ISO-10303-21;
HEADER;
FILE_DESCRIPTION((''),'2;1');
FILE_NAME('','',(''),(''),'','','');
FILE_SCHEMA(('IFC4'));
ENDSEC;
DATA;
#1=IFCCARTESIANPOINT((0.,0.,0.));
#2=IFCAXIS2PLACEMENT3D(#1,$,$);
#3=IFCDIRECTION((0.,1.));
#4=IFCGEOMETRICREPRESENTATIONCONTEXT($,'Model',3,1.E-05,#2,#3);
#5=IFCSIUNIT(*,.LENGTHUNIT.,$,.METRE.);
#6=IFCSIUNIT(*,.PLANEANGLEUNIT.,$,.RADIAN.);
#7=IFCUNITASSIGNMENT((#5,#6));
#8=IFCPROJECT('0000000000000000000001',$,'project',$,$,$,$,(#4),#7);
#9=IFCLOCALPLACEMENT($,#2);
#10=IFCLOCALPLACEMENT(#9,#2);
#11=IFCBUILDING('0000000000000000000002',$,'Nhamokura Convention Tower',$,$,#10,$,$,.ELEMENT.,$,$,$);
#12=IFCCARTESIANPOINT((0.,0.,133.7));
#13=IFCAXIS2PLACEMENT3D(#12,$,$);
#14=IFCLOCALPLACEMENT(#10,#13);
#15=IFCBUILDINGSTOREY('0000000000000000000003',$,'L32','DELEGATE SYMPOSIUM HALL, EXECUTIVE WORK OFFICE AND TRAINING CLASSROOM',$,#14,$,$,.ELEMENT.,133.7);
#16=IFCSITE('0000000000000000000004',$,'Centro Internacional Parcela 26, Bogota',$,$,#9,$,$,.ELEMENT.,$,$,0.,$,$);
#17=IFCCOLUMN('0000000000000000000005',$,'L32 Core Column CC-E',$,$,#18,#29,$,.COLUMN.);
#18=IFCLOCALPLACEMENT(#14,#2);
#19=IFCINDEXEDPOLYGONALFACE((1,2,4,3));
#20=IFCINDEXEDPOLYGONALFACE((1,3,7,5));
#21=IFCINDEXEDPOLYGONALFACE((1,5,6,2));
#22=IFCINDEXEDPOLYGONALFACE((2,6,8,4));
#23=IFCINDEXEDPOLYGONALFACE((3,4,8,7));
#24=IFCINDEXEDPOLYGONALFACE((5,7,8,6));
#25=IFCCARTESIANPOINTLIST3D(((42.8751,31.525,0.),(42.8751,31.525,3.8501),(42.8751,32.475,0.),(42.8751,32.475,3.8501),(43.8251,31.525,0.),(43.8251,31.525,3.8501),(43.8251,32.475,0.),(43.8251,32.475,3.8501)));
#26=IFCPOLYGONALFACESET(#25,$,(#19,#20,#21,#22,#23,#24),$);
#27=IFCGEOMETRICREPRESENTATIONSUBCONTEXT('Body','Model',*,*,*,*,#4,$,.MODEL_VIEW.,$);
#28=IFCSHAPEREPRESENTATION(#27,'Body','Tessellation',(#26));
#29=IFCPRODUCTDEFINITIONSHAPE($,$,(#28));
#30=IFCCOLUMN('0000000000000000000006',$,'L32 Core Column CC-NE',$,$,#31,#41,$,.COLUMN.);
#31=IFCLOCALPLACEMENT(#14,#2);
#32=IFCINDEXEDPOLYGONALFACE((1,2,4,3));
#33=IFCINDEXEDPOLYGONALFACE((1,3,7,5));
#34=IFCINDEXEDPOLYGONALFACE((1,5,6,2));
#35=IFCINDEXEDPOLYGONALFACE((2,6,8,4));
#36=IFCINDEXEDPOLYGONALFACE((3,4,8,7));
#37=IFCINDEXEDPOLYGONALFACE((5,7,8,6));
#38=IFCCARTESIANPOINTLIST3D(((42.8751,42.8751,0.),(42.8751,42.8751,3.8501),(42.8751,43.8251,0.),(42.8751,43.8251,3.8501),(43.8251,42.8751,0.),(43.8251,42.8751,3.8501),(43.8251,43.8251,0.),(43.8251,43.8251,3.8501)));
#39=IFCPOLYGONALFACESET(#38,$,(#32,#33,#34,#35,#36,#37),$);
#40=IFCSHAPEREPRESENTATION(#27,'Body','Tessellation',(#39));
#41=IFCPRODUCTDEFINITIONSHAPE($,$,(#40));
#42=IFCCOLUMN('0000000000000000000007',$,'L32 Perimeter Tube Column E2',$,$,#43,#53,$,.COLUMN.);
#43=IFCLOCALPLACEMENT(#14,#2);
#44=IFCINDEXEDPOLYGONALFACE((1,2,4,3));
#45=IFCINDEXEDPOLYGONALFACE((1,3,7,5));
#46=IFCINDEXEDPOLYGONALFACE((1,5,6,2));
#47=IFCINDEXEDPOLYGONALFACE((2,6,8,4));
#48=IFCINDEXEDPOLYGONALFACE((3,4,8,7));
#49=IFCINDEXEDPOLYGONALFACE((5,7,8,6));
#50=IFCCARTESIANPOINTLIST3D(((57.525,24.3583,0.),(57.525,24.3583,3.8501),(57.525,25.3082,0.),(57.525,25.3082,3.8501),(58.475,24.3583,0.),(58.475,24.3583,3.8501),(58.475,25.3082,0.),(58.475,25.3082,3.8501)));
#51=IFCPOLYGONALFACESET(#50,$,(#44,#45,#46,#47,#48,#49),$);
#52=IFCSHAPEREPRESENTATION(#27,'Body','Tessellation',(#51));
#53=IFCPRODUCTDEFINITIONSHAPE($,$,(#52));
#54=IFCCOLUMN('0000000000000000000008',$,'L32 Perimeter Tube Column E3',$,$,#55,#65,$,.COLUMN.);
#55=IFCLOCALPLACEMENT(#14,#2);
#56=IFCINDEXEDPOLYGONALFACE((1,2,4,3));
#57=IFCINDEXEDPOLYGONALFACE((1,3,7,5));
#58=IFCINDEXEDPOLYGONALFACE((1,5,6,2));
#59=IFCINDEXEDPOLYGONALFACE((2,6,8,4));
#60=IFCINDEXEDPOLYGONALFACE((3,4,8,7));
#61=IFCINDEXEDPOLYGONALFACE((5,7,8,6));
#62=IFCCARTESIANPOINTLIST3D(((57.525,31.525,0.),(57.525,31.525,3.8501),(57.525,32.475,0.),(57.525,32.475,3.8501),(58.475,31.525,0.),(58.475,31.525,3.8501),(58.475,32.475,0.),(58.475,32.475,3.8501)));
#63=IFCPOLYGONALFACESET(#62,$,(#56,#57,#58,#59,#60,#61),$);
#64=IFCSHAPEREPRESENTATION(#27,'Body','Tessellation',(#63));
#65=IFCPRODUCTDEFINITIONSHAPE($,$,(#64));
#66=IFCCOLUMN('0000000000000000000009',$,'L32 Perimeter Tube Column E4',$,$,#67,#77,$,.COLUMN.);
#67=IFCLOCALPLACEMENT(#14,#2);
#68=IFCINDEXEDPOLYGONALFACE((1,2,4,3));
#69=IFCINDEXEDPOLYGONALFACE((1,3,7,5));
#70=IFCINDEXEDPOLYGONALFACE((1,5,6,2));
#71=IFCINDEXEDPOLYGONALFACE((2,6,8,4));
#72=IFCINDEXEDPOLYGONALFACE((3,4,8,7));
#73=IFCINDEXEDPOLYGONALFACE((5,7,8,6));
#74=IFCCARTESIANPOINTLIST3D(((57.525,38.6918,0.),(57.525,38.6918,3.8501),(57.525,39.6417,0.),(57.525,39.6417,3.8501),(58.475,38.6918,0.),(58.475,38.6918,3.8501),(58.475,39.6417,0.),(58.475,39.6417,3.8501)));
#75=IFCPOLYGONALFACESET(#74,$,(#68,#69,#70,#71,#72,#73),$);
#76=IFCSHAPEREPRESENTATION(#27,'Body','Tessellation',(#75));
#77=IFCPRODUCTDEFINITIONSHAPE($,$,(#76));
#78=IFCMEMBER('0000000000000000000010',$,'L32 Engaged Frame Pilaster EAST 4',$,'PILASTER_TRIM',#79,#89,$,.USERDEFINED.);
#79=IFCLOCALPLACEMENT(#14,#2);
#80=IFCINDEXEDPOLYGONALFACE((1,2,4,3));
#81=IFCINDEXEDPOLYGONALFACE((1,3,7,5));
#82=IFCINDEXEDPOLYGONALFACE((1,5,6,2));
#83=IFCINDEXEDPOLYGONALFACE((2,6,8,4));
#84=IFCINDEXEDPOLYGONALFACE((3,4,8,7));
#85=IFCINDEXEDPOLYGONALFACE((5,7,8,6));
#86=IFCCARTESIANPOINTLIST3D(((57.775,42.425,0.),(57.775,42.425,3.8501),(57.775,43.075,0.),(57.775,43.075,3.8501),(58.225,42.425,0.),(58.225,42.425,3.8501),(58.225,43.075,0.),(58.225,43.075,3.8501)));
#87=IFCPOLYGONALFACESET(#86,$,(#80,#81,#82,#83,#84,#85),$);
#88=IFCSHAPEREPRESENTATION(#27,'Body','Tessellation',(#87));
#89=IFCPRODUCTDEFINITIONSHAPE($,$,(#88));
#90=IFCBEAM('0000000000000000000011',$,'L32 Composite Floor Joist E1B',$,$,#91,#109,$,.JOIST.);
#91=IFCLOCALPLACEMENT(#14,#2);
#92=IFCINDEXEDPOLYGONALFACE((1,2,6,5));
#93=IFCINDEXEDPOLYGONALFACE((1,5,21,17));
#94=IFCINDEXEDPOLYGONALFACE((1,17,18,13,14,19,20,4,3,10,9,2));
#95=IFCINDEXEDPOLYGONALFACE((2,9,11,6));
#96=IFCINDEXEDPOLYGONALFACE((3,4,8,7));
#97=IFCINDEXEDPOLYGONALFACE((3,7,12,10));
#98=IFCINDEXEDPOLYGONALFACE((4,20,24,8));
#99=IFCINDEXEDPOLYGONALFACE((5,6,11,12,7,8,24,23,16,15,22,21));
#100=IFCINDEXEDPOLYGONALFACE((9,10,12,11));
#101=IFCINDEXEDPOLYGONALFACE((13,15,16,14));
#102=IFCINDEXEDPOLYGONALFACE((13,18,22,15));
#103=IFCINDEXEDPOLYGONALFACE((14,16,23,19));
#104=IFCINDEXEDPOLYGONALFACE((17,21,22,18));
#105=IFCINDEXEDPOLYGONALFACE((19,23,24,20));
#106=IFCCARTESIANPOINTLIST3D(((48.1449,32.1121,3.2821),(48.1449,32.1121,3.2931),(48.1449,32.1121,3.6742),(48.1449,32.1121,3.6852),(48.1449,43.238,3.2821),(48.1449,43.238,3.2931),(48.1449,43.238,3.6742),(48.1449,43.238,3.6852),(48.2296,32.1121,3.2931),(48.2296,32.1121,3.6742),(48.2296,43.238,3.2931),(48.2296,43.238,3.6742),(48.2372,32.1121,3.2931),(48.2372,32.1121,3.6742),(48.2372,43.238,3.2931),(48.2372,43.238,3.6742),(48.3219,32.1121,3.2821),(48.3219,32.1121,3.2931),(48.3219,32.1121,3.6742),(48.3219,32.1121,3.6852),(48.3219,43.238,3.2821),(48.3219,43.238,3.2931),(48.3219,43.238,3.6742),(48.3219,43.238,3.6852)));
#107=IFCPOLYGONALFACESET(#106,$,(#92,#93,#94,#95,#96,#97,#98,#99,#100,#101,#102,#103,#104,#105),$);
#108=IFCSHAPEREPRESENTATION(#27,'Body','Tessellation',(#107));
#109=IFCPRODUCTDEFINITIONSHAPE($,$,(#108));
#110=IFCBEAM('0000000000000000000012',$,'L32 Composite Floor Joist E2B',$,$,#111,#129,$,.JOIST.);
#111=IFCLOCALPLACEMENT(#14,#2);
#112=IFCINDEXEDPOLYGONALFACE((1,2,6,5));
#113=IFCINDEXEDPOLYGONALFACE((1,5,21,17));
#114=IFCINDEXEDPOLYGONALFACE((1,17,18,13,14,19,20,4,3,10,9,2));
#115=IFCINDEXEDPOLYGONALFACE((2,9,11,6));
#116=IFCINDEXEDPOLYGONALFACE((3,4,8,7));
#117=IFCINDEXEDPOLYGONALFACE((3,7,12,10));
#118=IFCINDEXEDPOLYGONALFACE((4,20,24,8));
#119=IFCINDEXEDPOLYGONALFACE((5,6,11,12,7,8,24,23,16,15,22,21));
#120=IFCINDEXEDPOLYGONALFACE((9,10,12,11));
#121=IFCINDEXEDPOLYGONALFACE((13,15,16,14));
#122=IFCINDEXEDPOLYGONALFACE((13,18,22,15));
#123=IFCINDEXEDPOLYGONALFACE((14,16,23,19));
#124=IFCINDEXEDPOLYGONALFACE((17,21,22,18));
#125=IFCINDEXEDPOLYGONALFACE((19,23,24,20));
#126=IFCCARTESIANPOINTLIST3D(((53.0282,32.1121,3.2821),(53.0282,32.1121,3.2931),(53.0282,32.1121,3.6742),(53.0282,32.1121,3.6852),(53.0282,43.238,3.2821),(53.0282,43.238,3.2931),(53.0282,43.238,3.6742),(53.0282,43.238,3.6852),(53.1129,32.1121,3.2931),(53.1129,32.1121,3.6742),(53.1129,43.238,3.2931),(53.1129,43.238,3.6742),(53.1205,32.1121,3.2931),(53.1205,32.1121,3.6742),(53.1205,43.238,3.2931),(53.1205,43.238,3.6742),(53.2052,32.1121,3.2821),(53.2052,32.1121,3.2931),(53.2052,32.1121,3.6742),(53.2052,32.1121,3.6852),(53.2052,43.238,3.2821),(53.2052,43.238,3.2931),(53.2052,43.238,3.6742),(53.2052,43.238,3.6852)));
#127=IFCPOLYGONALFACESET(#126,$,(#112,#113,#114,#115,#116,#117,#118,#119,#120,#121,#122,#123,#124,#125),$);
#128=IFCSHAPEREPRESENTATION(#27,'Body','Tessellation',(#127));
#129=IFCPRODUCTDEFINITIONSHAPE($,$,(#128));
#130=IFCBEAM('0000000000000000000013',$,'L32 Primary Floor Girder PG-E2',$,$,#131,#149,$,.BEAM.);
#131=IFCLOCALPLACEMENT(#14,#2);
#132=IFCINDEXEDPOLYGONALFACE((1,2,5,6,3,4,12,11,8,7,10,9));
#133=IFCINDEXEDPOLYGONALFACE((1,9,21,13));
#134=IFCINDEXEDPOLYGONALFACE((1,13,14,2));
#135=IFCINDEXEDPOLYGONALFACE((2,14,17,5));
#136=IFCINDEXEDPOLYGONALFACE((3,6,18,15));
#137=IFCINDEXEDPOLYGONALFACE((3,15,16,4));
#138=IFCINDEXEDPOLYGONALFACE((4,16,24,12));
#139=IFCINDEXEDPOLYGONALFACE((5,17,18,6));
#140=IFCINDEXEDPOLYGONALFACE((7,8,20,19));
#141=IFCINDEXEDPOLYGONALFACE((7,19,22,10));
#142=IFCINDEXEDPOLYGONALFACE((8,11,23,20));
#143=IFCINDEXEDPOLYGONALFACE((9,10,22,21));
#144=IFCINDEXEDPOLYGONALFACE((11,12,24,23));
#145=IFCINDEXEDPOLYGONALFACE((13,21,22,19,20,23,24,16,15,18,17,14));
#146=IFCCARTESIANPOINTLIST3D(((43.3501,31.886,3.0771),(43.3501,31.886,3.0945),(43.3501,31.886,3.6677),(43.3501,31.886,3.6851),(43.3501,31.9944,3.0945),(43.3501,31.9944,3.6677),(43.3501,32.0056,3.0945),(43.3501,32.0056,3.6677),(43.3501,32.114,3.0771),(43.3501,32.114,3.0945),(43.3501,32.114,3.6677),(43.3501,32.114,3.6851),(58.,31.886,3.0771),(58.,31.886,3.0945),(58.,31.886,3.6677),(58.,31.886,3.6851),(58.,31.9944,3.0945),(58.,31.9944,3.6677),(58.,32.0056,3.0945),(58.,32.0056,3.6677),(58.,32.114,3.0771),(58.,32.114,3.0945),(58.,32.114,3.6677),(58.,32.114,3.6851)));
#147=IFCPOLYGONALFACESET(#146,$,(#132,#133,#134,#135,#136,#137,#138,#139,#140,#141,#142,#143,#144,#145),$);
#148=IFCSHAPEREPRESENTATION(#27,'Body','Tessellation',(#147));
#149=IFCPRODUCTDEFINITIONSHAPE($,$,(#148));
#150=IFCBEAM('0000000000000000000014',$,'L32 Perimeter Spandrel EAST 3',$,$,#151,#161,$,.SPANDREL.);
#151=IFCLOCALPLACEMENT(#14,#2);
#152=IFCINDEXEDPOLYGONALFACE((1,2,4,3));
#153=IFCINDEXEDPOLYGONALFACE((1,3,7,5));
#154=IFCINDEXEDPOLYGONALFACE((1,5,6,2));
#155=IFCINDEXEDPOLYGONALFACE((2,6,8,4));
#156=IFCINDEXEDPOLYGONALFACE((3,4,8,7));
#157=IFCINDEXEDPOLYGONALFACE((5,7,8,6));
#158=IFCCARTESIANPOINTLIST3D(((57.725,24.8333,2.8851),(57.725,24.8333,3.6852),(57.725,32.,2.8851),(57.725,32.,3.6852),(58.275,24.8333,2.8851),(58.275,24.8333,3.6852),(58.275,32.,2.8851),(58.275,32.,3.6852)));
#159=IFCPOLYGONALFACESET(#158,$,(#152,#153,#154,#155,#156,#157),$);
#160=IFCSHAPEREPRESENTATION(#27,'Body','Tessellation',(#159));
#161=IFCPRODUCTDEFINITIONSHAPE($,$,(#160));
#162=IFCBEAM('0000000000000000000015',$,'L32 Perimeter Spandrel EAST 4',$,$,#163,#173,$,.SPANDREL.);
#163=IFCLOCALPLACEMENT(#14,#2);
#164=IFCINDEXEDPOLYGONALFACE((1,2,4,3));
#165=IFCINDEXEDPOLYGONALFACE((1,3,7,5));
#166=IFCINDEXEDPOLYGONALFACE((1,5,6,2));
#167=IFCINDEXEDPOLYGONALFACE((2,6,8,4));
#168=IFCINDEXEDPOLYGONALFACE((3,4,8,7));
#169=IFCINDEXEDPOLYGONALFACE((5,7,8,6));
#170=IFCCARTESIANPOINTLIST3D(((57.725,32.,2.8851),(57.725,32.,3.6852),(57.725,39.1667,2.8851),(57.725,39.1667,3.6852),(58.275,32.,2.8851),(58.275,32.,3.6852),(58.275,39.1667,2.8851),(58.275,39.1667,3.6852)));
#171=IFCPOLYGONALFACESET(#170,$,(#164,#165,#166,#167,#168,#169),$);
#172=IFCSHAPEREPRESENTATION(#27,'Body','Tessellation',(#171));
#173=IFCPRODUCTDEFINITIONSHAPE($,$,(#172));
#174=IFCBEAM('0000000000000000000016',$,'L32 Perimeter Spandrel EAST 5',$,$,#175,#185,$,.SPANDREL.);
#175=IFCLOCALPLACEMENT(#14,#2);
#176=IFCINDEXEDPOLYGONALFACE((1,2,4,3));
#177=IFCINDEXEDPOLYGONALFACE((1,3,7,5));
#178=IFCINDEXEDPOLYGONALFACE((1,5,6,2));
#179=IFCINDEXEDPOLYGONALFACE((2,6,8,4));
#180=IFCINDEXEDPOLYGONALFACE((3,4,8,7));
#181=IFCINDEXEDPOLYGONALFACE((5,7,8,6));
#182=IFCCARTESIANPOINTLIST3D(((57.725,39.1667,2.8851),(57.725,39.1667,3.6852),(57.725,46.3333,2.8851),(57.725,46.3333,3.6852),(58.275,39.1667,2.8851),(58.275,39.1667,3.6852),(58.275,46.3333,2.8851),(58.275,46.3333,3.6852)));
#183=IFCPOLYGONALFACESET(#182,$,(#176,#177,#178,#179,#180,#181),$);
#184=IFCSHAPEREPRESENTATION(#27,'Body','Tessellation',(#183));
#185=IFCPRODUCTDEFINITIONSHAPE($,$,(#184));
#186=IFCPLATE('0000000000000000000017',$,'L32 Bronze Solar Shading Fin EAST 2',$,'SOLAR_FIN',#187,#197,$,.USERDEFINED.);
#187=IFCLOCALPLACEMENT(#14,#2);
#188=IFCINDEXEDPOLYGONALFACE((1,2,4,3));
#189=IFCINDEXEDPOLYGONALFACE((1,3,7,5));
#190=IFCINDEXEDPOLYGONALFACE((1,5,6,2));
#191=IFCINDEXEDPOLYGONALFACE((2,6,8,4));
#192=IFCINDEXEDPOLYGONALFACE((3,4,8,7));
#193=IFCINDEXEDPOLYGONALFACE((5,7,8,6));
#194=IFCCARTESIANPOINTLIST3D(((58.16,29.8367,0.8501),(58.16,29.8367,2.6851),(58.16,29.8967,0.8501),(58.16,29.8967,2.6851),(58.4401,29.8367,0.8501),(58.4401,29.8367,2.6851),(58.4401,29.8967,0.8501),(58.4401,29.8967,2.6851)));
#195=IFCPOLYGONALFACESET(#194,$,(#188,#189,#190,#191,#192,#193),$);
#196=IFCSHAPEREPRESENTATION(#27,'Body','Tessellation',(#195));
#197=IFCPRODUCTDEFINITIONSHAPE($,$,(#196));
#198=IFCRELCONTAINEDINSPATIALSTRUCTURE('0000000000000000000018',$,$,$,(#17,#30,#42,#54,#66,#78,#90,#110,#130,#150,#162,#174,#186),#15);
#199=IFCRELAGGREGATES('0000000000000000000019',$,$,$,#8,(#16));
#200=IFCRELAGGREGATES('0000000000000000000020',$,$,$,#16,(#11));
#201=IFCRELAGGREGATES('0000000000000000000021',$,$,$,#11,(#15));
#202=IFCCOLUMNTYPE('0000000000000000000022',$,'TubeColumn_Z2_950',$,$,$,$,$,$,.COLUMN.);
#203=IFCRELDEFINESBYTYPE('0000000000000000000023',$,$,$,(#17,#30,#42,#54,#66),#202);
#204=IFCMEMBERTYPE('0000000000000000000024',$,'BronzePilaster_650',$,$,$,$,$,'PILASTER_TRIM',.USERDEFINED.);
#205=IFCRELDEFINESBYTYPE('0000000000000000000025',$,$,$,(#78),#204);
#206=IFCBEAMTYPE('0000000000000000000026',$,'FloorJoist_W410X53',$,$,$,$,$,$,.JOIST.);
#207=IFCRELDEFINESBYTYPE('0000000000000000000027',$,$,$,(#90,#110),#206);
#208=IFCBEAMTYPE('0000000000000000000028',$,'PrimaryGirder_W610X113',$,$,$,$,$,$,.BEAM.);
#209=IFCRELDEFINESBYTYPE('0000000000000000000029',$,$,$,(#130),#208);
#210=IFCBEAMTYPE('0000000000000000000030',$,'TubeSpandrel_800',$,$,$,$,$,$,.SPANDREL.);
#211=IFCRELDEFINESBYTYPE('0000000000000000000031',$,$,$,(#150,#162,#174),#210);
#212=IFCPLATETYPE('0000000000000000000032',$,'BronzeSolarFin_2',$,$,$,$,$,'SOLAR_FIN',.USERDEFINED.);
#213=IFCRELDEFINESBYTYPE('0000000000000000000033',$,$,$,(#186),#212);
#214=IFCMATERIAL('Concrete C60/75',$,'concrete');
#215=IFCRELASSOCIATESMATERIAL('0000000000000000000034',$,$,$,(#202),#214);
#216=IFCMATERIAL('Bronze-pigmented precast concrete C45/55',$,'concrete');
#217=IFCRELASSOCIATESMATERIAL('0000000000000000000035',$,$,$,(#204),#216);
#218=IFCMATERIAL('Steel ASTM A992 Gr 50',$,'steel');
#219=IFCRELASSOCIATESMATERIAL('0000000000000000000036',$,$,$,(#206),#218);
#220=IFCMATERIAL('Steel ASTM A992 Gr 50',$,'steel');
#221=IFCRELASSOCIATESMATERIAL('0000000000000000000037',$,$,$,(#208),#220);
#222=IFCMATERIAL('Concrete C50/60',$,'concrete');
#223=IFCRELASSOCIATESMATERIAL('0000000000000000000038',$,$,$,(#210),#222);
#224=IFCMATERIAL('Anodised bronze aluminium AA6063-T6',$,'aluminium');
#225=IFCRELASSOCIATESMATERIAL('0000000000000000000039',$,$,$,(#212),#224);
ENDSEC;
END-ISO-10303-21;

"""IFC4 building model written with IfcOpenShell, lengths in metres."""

from ifc_helpers import new_model, si_unit, direction, frame, origin, origin_2d, place, context, subcontext, project, spatial, rectangle, i_section, extrude, material, material_profile, profile_set, type_object, element, save


model = new_model("IFC4")

# Units and contexts
model_context = context("Model", 3, precision=1e-05, world=origin(), true_north=direction((0.0, 1.0)))
body_context = subcontext(model_context, "Body", "Model", "MODEL_VIEW")
ifc_project = project(units=[si_unit("LENGTHUNIT", "METRE"), si_unit("PLANEANGLEUNIT", "RADIAN")], contexts=[model_context])

# Site, building, storey
site_placement = place(None, origin())
site = spatial("IfcSite", under=ifc_project, at=site_placement, Name="Centro Internacional Parcela 26, Bogota", CompositionType="ELEMENT", RefElevation=0.0)
building_placement = place(site_placement, origin())
building = spatial("IfcBuilding", under=site, at=building_placement, Name="Nhamokura Convention Tower", CompositionType="ELEMENT")
storey_placement = place(building_placement, frame((0.0, 0.0, 133.7)))
storey = spatial("IfcBuildingStorey", under=building, at=storey_placement, Name="L32", Description="DELEGATE SYMPOSIUM HALL, EXECUTIVE WORK OFFICE AND TRAINING CLASSROOM", CompositionType="ELEMENT", Elevation=133.7)

# Columns
ifc_material_1 = material(Name="Concrete C60/75", Category="concrete")
ifc_material_profile_1 = material_profile(ifc_material_1, rectangle(XDim=0.95, YDim=0.95, at=origin_2d()))
ifc_profile_set_1 = profile_set([ifc_material_profile_1], Name="Concrete C60/75")
column_type = type_object("IfcColumnType", Name="TubeColumn_Z2_950", PredefinedType="COLUMN", material=ifc_profile_set_1)
for number, where, z_axis, x_axis, name in (
    (1, (43.3501, 32.0, 0.0), (0.0, 0.0, 1.0), (1.0, 0.0, 0.0), "L32 Core Column CC-E"),
    (2, (43.3501, 43.3501, 0.0), (0.0, 0.0, 1.0), (1.0, 0.0, 0.0), "L32 Core Column CC-NE"),
    (3, (58.0, 24.8333, 0.0), (0.0, 0.0, 1.0), (1.0, 0.0, 0.0), "L32 Perimeter Tube Column E2"),
    (4, (58.0, 32.0, 0.0), (0.0, 0.0, 1.0), (1.0, 0.0, 0.0), "L32 Perimeter Tube Column E3"),
    (5, (58.0, 39.1667, 0.0), (0.0, 0.0, 1.0), (1.0, 0.0, 0.0), "L32 Perimeter Tube Column E4"),
):
    element("IfcColumn", number, at=place(storey_placement, frame(where, z_axis=z_axis, x_axis=x_axis)), inside=storey, type_object=column_type, Name=name, PredefinedType="COLUMN", context=body_context, shape_type="SweptSolid", body=[
        extrude(rectangle(XDim=0.95, YDim=0.95, at=origin_2d()), origin(), (0.0, 0.0, 1.0), 3.8501),
    ])

# Member
ifc_material_2 = material(Name="Bronze-pigmented precast concrete C45/55", Category="concrete")
ifc_material_profile_2 = material_profile(ifc_material_2, rectangle(XDim=0.45, YDim=0.6499, at=origin_2d()))
ifc_profile_set_2 = profile_set([ifc_material_profile_2], Name="Bronze-pigmented precast concrete C45/55")
member_type = type_object("IfcMemberType", Name="BronzePilaster_650", ElementType="PILASTER_TRIM", PredefinedType="USERDEFINED", material=ifc_profile_set_2)
member_placement = place(storey_placement, frame((58.0, 42.75, 0.0), z_axis=(0.0, 0.0, 1.0), x_axis=(1.0, 0.0, 0.0)))
element("IfcMember", 6, at=member_placement, inside=storey, type_object=member_type, Name="L32 Engaged Frame Pilaster EAST 4", ObjectType="PILASTER_TRIM", PredefinedType="USERDEFINED", context=body_context, shape_type="SweptSolid", body=[
    extrude(rectangle(XDim=0.45, YDim=0.6499, at=origin_2d()), origin(), (0.0, 0.0, 1.0), 3.8501),
])

# Beams
ifc_material_3 = material(Name="Steel ASTM A992 Gr 50", Category="steel")
ifc_material_profile_3 = material_profile(ifc_material_3, i_section(OverallWidth=0.177, OverallDepth=0.4031, WebThickness=0.0076, FlangeThickness=0.011, at=origin_2d()))
ifc_profile_set_3 = profile_set([ifc_material_profile_3], Name="Steel ASTM A992 Gr 50")
beam_type_1 = type_object("IfcBeamType", Name="FloorJoist_W410X53", PredefinedType="JOIST", material=ifc_profile_set_3)
for number, where, z_axis, x_axis, name in (
    (7, (48.2334, 32.1121, 3.4836), (0.0, 1.0, 0.0), (-1.0, 0.0, 0.0), "L32 Composite Floor Joist E1B"),
    (8, (53.1167, 32.1121, 3.4836), (0.0, 1.0, 0.0), (-1.0, 0.0, 0.0), "L32 Composite Floor Joist E2B"),
):
    element("IfcBeam", number, at=place(storey_placement, frame(where, z_axis=z_axis, x_axis=x_axis)), inside=storey, type_object=beam_type_1, Name=name, PredefinedType="JOIST", context=body_context, shape_type="SweptSolid", body=[
        extrude(i_section(OverallWidth=0.177, OverallDepth=0.4031, WebThickness=0.0076, FlangeThickness=0.011, at=origin_2d()), origin(), (0.0, 0.0, 1.0), 11.126),
    ])
ifc_material_4 = material(Name="Steel ASTM A992 Gr 50", Category="steel")
ifc_material_profile_4 = material_profile(ifc_material_4, i_section(OverallWidth=0.228, OverallDepth=0.6079, WebThickness=0.0112, FlangeThickness=0.0173, at=origin_2d()))
ifc_profile_set_4 = profile_set([ifc_material_profile_4], Name="Steel ASTM A992 Gr 50")
beam_type_2 = type_object("IfcBeamType", Name="PrimaryGirder_W610X113", PredefinedType="BEAM", material=ifc_profile_set_4)
beam_1_placement = place(storey_placement, frame((43.3501, 32.0, 3.3811), z_axis=(1.0, 0.0, 0.0), x_axis=(0.0, 1.0, 0.0)))
element("IfcBeam", 9, at=beam_1_placement, inside=storey, type_object=beam_type_2, Name="L32 Primary Floor Girder PG-E2", PredefinedType="BEAM", context=body_context, shape_type="SweptSolid", body=[
    extrude(i_section(OverallWidth=0.228, OverallDepth=0.6079, WebThickness=0.0112, FlangeThickness=0.0173, at=origin_2d()), origin(), (0.0, 0.0, 1.0), 14.6499),
])
ifc_material_5 = material(Name="Concrete C50/60", Category="concrete")
ifc_material_profile_5 = material_profile(ifc_material_5, rectangle(XDim=0.55, YDim=0.8, at=origin_2d()))
ifc_profile_set_5 = profile_set([ifc_material_profile_5], Name="Concrete C50/60")
beam_type_3 = type_object("IfcBeamType", Name="TubeSpandrel_800", PredefinedType="SPANDREL", material=ifc_profile_set_5)
for number, where, z_axis, x_axis, name in (
    (10, (58.0, 24.8333, 3.2852), (0.0, 1.0, 0.0), (-1.0, 0.0, 0.0), "L32 Perimeter Spandrel EAST 3"),
    (11, (58.0, 32.0, 3.2852), (0.0, 1.0, 0.0), (-1.0, 0.0, 0.0), "L32 Perimeter Spandrel EAST 4"),
):
    element("IfcBeam", number, at=place(storey_placement, frame(where, z_axis=z_axis, x_axis=x_axis)), inside=storey, type_object=beam_type_3, Name=name, PredefinedType="SPANDREL", context=body_context, shape_type="SweptSolid", body=[
        extrude(rectangle(XDim=0.55, YDim=0.8, at=origin_2d()), origin(), (0.0, 0.0, 1.0), 7.1667),
    ])
beam_2_placement = place(storey_placement, frame((58.0, 39.1667, 3.2852), z_axis=(0.0, 1.0, 0.0), x_axis=(-1.0, 0.0, 0.0)))
element("IfcBeam", 12, at=beam_2_placement, inside=storey, type_object=beam_type_3, Name="L32 Perimeter Spandrel EAST 5", PredefinedType="SPANDREL", context=body_context, shape_type="SweptSolid", body=[
    extrude(rectangle(XDim=0.55, YDim=0.8, at=origin_2d()), origin(), (0.0, 0.0, 1.0), 7.1665),
])

# Plate
ifc_material_6 = material(Name="Anodised bronze aluminium AA6063-T6", Category="aluminium")
plate_type = type_object("IfcPlateType", Name="BronzeSolarFin_2", ElementType="SOLAR_FIN", PredefinedType="USERDEFINED", material=ifc_material_6)
plate_placement = place(storey_placement, frame((58.3, 29.8667, 0.8501), z_axis=(0.0, 0.0, 1.0), x_axis=(1.0, 0.0, 0.0)))
element("IfcPlate", 13, at=plate_placement, inside=storey, type_object=plate_type, Name="L32 Bronze Solar Shading Fin EAST 2", ObjectType="SOLAR_FIN", PredefinedType="USERDEFINED", context=body_context, shape_type="SweptSolid", body=[
    extrude(rectangle(XDim=0.28, YDim=0.0601, at=origin_2d()), origin(), (0.0, 0.0, 1.0), 1.835),
])

save(model, "model.ifc")
